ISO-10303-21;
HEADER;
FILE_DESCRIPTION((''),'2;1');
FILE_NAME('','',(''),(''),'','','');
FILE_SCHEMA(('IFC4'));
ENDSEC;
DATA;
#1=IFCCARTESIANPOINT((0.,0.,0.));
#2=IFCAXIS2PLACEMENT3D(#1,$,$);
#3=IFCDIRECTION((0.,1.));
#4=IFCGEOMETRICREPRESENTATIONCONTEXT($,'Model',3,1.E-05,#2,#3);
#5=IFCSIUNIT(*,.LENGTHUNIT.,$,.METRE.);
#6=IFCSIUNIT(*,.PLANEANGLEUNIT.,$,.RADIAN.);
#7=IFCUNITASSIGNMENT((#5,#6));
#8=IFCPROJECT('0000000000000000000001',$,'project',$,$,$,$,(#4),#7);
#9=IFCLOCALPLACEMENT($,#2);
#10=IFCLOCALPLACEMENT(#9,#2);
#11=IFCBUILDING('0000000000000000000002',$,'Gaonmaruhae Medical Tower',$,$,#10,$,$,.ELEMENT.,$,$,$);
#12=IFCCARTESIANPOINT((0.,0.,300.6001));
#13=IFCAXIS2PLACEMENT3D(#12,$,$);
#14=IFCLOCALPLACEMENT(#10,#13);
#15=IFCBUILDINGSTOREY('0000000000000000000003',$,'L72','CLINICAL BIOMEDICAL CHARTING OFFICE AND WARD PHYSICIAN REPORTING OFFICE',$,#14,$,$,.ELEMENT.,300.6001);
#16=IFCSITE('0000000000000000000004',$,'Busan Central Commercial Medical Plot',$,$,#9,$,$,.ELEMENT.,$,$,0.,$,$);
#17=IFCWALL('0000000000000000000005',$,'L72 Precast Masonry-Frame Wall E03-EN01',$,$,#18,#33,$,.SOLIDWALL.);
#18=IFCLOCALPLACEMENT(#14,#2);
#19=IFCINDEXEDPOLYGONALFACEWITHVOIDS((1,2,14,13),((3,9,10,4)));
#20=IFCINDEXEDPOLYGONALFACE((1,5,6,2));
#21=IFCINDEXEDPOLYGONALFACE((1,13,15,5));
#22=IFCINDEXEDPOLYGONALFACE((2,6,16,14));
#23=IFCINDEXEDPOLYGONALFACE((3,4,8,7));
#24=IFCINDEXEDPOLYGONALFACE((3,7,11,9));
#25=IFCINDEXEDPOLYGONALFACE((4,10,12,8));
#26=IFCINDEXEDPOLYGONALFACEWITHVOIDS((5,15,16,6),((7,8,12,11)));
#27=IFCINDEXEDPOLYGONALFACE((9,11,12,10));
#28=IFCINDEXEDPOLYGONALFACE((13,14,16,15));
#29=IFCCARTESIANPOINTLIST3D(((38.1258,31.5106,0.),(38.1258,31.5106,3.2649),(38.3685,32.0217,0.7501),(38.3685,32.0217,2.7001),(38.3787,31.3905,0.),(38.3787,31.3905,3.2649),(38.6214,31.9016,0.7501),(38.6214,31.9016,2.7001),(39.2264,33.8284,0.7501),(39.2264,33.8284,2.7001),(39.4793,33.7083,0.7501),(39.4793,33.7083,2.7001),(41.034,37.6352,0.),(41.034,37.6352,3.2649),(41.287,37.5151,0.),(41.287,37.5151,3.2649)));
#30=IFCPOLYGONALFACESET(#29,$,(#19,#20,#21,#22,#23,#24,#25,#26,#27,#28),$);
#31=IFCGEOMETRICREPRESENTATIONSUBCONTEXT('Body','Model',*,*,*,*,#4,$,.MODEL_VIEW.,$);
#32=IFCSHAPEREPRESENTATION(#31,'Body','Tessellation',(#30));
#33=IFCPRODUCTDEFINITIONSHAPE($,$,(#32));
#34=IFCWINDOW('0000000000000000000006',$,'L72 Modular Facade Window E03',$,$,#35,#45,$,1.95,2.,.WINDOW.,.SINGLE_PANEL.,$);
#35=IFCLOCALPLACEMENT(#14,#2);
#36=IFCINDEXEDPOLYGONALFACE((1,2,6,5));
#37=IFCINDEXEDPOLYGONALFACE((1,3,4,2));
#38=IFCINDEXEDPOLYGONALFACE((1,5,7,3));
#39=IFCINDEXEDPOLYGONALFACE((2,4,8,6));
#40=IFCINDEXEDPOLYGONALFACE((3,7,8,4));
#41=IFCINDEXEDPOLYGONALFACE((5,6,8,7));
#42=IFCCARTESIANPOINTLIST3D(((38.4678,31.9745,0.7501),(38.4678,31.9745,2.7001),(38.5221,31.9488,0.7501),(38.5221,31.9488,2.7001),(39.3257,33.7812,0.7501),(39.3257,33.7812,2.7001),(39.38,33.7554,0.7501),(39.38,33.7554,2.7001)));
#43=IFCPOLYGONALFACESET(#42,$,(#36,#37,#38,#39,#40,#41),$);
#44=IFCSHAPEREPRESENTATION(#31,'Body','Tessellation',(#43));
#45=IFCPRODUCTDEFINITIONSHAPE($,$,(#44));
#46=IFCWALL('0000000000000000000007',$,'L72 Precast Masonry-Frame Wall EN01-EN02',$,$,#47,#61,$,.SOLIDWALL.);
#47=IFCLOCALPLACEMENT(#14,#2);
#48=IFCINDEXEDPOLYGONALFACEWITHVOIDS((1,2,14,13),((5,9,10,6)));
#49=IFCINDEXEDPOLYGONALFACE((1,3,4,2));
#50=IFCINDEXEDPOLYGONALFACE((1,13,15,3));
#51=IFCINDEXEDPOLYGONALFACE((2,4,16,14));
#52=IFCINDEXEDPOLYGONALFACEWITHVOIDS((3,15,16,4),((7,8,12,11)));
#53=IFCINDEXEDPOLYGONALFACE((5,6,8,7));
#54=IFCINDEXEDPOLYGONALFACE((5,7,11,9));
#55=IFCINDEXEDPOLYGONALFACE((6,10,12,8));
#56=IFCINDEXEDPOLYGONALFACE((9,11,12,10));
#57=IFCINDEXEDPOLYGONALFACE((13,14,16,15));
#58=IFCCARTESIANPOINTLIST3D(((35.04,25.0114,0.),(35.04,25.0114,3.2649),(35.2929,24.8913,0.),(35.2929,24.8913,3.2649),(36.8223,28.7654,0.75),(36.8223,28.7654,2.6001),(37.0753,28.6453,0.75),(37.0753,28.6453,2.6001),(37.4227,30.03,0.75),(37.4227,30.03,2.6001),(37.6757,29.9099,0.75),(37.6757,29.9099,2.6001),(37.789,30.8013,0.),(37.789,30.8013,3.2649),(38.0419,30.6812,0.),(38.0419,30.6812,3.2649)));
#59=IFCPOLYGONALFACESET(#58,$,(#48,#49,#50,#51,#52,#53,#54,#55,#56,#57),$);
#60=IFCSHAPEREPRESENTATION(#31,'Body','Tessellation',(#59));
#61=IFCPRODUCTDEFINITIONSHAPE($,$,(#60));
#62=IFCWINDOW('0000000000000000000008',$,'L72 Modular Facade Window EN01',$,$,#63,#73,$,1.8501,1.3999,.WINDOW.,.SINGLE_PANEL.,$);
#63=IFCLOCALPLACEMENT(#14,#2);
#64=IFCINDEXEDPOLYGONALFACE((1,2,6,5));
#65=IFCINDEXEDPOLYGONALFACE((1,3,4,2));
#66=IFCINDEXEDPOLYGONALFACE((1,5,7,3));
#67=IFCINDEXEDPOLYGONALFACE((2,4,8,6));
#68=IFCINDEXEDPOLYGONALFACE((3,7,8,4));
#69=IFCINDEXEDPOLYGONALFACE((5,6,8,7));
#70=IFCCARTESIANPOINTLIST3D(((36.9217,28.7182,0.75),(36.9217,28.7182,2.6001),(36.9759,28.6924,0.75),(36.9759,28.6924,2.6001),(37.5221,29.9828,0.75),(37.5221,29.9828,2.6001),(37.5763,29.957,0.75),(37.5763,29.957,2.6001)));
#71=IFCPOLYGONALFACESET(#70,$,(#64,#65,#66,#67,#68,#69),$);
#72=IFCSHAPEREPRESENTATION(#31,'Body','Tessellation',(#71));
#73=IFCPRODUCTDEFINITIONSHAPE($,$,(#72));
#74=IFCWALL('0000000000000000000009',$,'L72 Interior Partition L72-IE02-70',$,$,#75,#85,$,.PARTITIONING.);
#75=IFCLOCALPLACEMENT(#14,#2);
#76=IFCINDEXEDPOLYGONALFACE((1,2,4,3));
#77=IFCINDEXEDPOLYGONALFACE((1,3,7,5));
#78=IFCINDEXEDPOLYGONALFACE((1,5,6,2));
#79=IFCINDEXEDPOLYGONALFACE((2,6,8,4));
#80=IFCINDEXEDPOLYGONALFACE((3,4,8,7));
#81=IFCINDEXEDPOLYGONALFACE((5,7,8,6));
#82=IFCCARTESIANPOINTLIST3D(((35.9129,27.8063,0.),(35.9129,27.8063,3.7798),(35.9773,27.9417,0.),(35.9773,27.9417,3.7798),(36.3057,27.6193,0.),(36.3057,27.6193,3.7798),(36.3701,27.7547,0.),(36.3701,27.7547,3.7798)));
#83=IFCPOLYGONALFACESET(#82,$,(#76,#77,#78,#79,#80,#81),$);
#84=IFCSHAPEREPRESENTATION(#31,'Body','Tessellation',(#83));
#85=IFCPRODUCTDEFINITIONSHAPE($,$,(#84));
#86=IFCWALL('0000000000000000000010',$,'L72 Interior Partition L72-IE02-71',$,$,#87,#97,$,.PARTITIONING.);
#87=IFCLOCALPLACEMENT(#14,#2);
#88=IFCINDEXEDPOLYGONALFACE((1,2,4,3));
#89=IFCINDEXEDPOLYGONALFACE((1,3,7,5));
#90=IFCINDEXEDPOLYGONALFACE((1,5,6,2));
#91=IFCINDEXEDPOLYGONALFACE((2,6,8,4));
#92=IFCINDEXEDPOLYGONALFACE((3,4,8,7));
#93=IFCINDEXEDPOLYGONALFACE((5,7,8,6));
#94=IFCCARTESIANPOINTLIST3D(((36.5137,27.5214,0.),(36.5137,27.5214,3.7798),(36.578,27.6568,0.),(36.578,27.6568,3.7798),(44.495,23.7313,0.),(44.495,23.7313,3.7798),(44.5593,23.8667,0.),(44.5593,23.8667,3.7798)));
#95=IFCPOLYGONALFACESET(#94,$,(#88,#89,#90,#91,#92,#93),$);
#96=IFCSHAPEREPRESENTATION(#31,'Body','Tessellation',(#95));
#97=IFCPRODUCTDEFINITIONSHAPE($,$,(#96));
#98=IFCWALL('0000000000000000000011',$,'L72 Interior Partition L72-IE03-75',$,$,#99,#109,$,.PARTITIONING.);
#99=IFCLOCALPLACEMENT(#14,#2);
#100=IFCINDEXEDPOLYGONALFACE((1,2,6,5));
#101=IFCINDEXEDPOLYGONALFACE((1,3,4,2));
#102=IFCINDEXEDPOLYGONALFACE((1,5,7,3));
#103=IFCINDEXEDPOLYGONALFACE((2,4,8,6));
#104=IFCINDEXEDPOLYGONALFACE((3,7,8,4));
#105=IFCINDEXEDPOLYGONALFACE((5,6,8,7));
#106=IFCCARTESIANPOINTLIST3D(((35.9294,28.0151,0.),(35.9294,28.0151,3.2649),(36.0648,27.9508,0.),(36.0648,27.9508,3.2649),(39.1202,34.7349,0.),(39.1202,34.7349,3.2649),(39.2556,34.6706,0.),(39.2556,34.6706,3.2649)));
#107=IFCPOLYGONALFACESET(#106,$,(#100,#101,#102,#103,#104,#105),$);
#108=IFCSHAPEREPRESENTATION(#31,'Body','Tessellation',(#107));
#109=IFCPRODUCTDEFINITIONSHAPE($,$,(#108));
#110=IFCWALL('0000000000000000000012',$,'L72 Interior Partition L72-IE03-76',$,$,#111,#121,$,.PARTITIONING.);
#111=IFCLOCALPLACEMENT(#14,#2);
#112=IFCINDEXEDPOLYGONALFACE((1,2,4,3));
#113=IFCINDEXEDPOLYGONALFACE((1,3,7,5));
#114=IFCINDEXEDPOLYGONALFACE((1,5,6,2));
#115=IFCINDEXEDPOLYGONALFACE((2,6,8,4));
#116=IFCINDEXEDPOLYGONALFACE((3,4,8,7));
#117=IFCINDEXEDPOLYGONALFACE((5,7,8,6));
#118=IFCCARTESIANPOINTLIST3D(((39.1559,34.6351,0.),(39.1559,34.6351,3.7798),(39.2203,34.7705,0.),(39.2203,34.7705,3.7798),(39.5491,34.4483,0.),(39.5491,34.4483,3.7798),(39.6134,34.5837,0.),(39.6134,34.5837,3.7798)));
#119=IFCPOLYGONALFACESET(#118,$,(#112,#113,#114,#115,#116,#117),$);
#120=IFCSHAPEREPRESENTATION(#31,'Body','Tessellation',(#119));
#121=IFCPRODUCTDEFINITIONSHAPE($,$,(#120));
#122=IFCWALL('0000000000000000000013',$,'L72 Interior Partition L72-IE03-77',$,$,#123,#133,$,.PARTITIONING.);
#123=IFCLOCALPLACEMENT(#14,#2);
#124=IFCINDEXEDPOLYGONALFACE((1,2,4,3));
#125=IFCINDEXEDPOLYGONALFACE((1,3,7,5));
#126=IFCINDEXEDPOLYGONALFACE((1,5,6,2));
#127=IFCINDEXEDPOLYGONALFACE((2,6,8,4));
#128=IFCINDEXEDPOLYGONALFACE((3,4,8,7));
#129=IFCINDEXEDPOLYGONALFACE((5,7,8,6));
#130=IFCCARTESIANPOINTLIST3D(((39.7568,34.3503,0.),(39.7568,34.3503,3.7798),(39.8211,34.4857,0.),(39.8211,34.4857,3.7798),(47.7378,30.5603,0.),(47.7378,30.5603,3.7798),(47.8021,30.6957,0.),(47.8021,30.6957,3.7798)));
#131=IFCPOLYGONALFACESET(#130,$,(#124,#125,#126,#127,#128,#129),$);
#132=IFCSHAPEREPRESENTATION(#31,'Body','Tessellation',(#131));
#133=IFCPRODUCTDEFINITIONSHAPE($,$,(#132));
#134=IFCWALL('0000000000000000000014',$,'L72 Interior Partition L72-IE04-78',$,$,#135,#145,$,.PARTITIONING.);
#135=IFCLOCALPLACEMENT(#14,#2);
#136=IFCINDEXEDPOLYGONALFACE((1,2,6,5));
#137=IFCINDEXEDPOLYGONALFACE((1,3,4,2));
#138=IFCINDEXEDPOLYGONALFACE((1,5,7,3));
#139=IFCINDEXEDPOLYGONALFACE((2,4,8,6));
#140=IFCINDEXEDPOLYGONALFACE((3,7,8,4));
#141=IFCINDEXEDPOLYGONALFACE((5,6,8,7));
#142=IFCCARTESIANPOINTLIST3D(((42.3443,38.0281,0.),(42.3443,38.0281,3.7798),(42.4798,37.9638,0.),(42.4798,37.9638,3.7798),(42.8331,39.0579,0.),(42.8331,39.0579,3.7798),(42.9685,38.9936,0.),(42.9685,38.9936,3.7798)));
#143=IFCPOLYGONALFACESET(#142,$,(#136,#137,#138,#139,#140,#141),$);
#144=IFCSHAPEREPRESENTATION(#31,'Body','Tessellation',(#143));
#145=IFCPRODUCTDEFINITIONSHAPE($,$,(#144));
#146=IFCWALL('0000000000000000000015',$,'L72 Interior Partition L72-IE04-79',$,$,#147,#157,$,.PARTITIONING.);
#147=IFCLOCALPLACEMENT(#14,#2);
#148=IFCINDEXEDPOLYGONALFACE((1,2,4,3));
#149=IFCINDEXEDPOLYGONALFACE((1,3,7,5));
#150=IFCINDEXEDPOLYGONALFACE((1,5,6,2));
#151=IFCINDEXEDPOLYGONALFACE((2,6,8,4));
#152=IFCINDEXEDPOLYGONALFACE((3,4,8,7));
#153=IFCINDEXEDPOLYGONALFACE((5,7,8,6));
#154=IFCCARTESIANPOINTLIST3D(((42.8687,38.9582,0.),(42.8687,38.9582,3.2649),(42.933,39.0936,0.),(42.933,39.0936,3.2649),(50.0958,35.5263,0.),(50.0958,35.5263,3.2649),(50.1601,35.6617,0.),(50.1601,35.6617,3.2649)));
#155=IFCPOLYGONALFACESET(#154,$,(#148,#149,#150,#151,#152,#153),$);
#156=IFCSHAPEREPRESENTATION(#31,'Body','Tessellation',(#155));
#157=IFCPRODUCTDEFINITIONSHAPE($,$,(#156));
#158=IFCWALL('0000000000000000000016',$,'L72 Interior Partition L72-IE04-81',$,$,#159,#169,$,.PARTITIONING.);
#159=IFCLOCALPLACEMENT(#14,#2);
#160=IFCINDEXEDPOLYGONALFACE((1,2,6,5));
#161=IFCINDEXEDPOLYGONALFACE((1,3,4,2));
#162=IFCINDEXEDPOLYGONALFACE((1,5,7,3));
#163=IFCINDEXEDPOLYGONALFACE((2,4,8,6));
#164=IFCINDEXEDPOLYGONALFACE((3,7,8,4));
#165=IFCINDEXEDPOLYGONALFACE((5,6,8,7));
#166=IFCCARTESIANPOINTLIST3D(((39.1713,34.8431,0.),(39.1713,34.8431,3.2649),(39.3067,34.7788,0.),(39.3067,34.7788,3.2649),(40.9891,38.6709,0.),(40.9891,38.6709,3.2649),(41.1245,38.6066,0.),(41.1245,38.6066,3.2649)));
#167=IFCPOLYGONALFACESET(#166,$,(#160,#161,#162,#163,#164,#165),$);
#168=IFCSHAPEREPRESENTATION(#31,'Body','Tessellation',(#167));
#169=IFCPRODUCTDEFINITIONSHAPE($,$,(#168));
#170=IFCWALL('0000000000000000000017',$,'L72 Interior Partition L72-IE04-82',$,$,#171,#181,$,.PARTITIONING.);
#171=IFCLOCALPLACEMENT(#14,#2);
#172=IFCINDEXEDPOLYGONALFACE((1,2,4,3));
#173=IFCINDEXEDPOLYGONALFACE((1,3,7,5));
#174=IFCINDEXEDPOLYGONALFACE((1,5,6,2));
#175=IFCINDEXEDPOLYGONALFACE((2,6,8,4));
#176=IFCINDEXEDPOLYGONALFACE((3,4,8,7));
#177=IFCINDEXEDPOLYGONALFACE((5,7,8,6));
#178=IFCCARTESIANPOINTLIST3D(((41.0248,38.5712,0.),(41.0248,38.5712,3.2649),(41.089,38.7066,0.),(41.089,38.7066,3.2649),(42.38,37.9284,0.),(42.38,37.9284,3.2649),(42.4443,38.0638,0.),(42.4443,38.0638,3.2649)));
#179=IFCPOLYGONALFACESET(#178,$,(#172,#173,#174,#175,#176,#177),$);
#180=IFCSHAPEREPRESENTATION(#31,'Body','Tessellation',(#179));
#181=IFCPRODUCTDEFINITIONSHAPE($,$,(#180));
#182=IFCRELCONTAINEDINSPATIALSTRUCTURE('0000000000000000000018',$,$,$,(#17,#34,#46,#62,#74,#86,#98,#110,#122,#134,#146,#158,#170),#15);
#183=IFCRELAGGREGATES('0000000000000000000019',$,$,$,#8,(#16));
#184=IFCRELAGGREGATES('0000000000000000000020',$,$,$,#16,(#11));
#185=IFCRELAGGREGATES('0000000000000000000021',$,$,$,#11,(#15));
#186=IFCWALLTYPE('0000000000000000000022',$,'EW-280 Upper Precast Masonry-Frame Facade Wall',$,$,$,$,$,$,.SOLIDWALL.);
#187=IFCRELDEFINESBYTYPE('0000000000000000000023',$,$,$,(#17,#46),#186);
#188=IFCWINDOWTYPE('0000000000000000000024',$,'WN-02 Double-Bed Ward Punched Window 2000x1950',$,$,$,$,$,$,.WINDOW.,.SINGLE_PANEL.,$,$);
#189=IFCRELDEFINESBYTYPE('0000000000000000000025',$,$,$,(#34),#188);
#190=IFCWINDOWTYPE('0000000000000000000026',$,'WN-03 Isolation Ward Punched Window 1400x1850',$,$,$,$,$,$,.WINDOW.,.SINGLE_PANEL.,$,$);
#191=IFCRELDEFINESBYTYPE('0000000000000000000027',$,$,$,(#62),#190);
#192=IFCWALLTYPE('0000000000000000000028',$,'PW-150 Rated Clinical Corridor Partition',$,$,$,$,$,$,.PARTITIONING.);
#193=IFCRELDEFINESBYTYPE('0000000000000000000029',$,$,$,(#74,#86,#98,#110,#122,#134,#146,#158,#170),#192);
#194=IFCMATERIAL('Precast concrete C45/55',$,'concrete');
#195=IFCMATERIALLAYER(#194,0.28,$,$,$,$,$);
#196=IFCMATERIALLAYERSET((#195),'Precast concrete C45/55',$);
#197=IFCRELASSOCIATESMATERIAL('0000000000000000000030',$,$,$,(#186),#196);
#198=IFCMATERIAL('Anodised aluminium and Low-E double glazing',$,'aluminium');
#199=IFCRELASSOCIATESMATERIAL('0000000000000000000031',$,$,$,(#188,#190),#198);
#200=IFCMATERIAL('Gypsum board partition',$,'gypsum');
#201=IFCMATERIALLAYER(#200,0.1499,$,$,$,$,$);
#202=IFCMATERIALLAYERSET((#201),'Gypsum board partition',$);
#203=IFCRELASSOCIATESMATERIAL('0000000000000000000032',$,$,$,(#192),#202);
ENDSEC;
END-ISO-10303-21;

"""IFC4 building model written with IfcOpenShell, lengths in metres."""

from ifc_helpers import new_model, si_unit, direction, frame, frame_2d, origin, place, context, subcontext, project, spatial, rectangle, extrude, material, layer, layer_set, type_object, element, fill, save


model = new_model("IFC4")

# Units and contexts
model_context = context("Model", 3, precision=1e-05, world=origin(), true_north=direction((0.0, 1.0)))
body_context = subcontext(model_context, "Body", "Model", "MODEL_VIEW")
ifc_project = project(units=[si_unit("LENGTHUNIT", "METRE"), si_unit("PLANEANGLEUNIT", "RADIAN")], contexts=[model_context])

# Site, building, storey
site_placement = place(None, origin())
site = spatial("IfcSite", under=ifc_project, at=site_placement, Name="Busan Central Commercial Medical Plot", CompositionType="ELEMENT", RefElevation=0.0)
building_placement = place(site_placement, origin())
building = spatial("IfcBuilding", under=site, at=building_placement, Name="Gaonmaruhae Medical Tower", CompositionType="ELEMENT")
storey_placement = place(building_placement, frame((0.0, 0.0, 300.6001)))
storey = spatial("IfcBuildingStorey", under=building, at=storey_placement, Name="L72", Description="CLINICAL BIOMEDICAL CHARTING OFFICE AND WARD PHYSICIAN REPORTING OFFICE", CompositionType="ELEMENT", Elevation=300.6001)

# Shared definitions
ifc_material_1 = material(Name="Precast concrete C45/55", Category="concrete")
ifc_layer_1 = layer(ifc_material_1, 0.28)
ifc_layer_set_1 = layer_set([ifc_layer_1], Name="Precast concrete C45/55")
wall_type_1 = type_object("IfcWallType", Name="EW-280 Upper Precast Masonry-Frame Facade Wall", PredefinedType="SOLIDWALL", material=ifc_layer_set_1)

# Walls, openings, windows
wall_1_placement = place(storey_placement, frame((38.2522, 31.4504, 0.0), z_axis=(0.0, 0.0, 1.0), x_axis=(0.428944, 0.903331, 0.0)))
wall_1 = element("IfcWall", 1, at=wall_1_placement, inside=storey, type_object=wall_type_1, Name="L72 Precast Masonry-Frame Wall E03-EN01", PredefinedType="SOLIDWALL", context=body_context, shape_type="SweptSolid", body=[
    extrude(rectangle(XDim=6.78, YDim=0.28, at=frame_2d((3.3901, 0.0))), origin(), (0.0, 0.0, 1.0), 3.2649),
])
opening_1_placement = place(wall_1_placement, frame((0.5659, 0.0, 0.75)))
opening_1 = element("IfcOpeningElement", 2, at=opening_1_placement, cuts=wall_1, PredefinedType="OPENING", context=body_context, shape_type="SweptSolid", body=[
    extrude(rectangle(XDim=2.0, YDim=1.95, at=frame_2d((1.0, 0.9751))), frame((0.0, 0.1499, 0.0), z_axis=(0.0, -1.0, 0.0), x_axis=(1.0, 0.0, 0.0)), (0.0, 0.0, 1.0), 0.3),
])
ifc_material_2 = material(Name="Anodised aluminium and Low-E double glazing", Category="aluminium")
window_type_1 = type_object("IfcWindowType", Name="WN-02 Double-Bed Ward Punched Window 2000x1950", PartitioningType="SINGLE_PANEL", PredefinedType="WINDOW", material=ifc_material_2)
window_1_placement = place(opening_1_placement, origin())
window_1 = element("IfcWindow", 3, at=window_1_placement, inside=storey, type_object=window_type_1, Name="L72 Modular Facade Window E03", OverallHeight=1.95, OverallWidth=2.0, PartitioningType="SINGLE_PANEL", PredefinedType="WINDOW", context=body_context, shape_type="SweptSolid", body=[
    extrude(rectangle(XDim=2.0, YDim=1.95, at=frame_2d((1.0, 0.9751))), frame((0.0, 0.03, 0.0), z_axis=(0.0, -1.0, 0.0), x_axis=(1.0, 0.0, 0.0)), (0.0, 0.0, 1.0), 0.0601),
])
fill(opening_1, window_1)
wall_2_placement = place(storey_placement, frame((35.1665, 24.9514, 0.0), z_axis=(0.0, 0.0, 1.0), x_axis=(0.428898, 0.903353, 0.0)))
wall_2 = element("IfcWall", 4, at=wall_2_placement, inside=storey, type_object=wall_type_1, Name="L72 Precast Masonry-Frame Wall EN01-EN02", PredefinedType="SOLIDWALL", context=body_context, shape_type="SweptSolid", body=[
    extrude(rectangle(XDim=6.4094, YDim=0.28, at=frame_2d((3.2046, 0.0))), origin(), (0.0, 0.0, 1.0), 3.2649),
])
opening_2_placement = place(wall_2_placement, frame((4.1555, 0.0, 0.75)))
opening_2 = element("IfcOpeningElement", 5, at=opening_2_placement, cuts=wall_2, PredefinedType="OPENING", context=body_context, shape_type="SweptSolid", body=[
    extrude(rectangle(XDim=1.3999, YDim=1.8501, at=frame_2d((0.7, 0.925))), frame((0.0, 0.1499, 0.0), z_axis=(0.0, -1.0, 0.0), x_axis=(1.0, 0.0, 0.0)), (0.0, 0.0, 1.0), 0.3),
])
window_type_2 = type_object("IfcWindowType", Name="WN-03 Isolation Ward Punched Window 1400x1850", PartitioningType="SINGLE_PANEL", PredefinedType="WINDOW", material=ifc_material_2)
window_2_placement = place(opening_2_placement, origin())
window_2 = element("IfcWindow", 6, at=window_2_placement, inside=storey, type_object=window_type_2, Name="L72 Modular Facade Window EN01", OverallHeight=1.8501, OverallWidth=1.3999, PartitioningType="SINGLE_PANEL", PredefinedType="WINDOW", context=body_context, shape_type="SweptSolid", body=[
    extrude(rectangle(XDim=1.3999, YDim=1.8501, at=frame_2d((0.7, 0.925))), frame((0.0, 0.03, 0.0), z_axis=(0.0, -1.0, 0.0), x_axis=(1.0, 0.0, 0.0)), (0.0, 0.0, 1.0), 0.0601),
])
fill(opening_2, window_2)

# Walls
ifc_material_3 = material(Name="Gypsum board partition", Category="gypsum")
ifc_layer_2 = layer(ifc_material_3, 0.1499)
ifc_layer_set_2 = layer_set([ifc_layer_2], Name="Gypsum board partition")
wall_type_2 = type_object("IfcWallType", Name="PW-150 Rated Clinical Corridor Partition", PredefinedType="PARTITIONING", material=ifc_layer_set_2)
wall_3_placement = place(storey_placement, frame((35.9451, 27.874, 0.0), z_axis=(0.0, 0.0, 1.0), x_axis=(0.902902, -0.429846, 0.0)))
element("IfcWall", 7, at=wall_3_placement, inside=storey, type_object=wall_type_2, Name="L72 Interior Partition L72-IE02-70", PredefinedType="PARTITIONING", context=body_context, shape_type="SweptSolid", body=[
    extrude(rectangle(XDim=0.4351, YDim=0.1499, at=frame_2d((0.2175, 0.0))), origin(), (0.0, 0.0, 1.0), 3.7798),
])
wall_4_placement = place(storey_placement, frame((36.5459, 27.5891, 0.0), z_axis=(0.0, 0.0, 1.0), x_axis=(0.903323, -0.428962, 0.0)))
element("IfcWall", 8, at=wall_4_placement, inside=storey, type_object=wall_type_2, Name="L72 Interior Partition L72-IE02-71", PredefinedType="PARTITIONING", context=body_context, shape_type="SweptSolid", body=[
    extrude(rectangle(XDim=8.8354, YDim=0.1499, at=frame_2d((4.4177, 0.0))), origin(), (0.0, 0.0, 1.0), 3.7798),
])
wall_5_placement = place(storey_placement, frame((35.9971, 27.9829, 0.0), z_axis=(0.0, 0.0, 1.0), x_axis=(0.42894, 0.903333, 0.0)))
element("IfcWall", 9, at=wall_5_placement, inside=storey, type_object=wall_type_2, Name="L72 Interior Partition L72-IE03-75", PredefinedType="PARTITIONING", context=body_context, shape_type="SweptSolid", body=[
    extrude(rectangle(XDim=7.439, YDim=0.1499, at=frame_2d((3.7195, 0.0))), origin(), (0.0, 0.0, 1.0), 3.2649),
])
wall_6_placement = place(storey_placement, frame((39.188, 34.7029, 0.0), z_axis=(0.0, 0.0, 1.0), x_axis=(0.903223, -0.429171, 0.0)))
element("IfcWall", 10, at=wall_6_placement, inside=storey, type_object=wall_type_2, Name="L72 Interior Partition L72-IE03-76", PredefinedType="PARTITIONING", context=body_context, shape_type="SweptSolid", body=[
    extrude(rectangle(XDim=0.4353, YDim=0.1499, at=frame_2d((0.2178, 0.0))), origin(), (0.0, 0.0, 1.0), 3.7798),
])
wall_7_placement = place(storey_placement, frame((39.7891, 34.418, 0.0), z_axis=(0.0, 0.0, 1.0), x_axis=(0.903318, -0.428972, 0.0)))
element("IfcWall", 11, at=wall_7_placement, inside=storey, type_object=wall_type_2, Name="L72 Interior Partition L72-IE03-77", PredefinedType="PARTITIONING", context=body_context, shape_type="SweptSolid", body=[
    extrude(rectangle(XDim=8.8352, YDim=0.1499, at=frame_2d((4.4175, 0.0))), origin(), (0.0, 0.0, 1.0), 3.7798),
])
wall_8_placement = place(storey_placement, frame((42.4121, 37.9961, 0.0), z_axis=(0.0, 0.0, 1.0), x_axis=(0.428786, 0.903406, 0.0)))
element("IfcWall", 12, at=wall_8_placement, inside=storey, type_object=wall_type_2, Name="L72 Interior Partition L72-IE04-78", PredefinedType="PARTITIONING", context=body_context, shape_type="SweptSolid", body=[
    extrude(rectangle(XDim=1.1399, YDim=0.1499, at=frame_2d((0.5698, 0.0))), origin(), (0.0, 0.0, 1.0), 3.7798),
])
wall_9_placement = place(storey_placement, frame((42.9009, 39.0259, 0.0), z_axis=(0.0, 0.0, 1.0), x_axis=(0.903324, -0.428958, 0.0)))
element("IfcWall", 13, at=wall_9_placement, inside=storey, type_object=wall_type_2, Name="L72 Interior Partition L72-IE04-79", PredefinedType="PARTITIONING", context=body_context, shape_type="SweptSolid", body=[
    extrude(rectangle(XDim=8.0005, YDim=0.1499, at=frame_2d((4.0002, 0.0))), origin(), (0.0, 0.0, 1.0), 3.2649),
])
wall_10_placement = place(storey_placement, frame((39.239, 34.811, 0.0), z_axis=(0.0, 0.0, 1.0), x_axis=(0.428985, 0.903312, 0.0)))
element("IfcWall", 14, at=wall_10_placement, inside=storey, type_object=wall_type_2, Name="L72 Interior Partition L72-IE04-81", PredefinedType="PARTITIONING", context=body_context, shape_type="SweptSolid", body=[
    extrude(rectangle(XDim=4.2375, YDim=0.1499, at=frame_2d((2.1187, 0.0))), origin(), (0.0, 0.0, 1.0), 3.2649),
])
wall_11_placement = place(storey_placement, frame((41.0569, 38.6389, 0.0), z_axis=(0.0, 0.0, 1.0), x_axis=(0.903512, -0.428562, 0.0)))
element("IfcWall", 15, at=wall_11_placement, inside=storey, type_object=wall_type_2, Name="L72 Interior Partition L72-IE04-82", PredefinedType="PARTITIONING", context=body_context, shape_type="SweptSolid", body=[
    extrude(rectangle(XDim=1.5, YDim=0.1499, at=frame_2d((0.75, 0.0))), origin(), (0.0, 0.0, 1.0), 3.2649),
])

save(model, "model.ifc")
